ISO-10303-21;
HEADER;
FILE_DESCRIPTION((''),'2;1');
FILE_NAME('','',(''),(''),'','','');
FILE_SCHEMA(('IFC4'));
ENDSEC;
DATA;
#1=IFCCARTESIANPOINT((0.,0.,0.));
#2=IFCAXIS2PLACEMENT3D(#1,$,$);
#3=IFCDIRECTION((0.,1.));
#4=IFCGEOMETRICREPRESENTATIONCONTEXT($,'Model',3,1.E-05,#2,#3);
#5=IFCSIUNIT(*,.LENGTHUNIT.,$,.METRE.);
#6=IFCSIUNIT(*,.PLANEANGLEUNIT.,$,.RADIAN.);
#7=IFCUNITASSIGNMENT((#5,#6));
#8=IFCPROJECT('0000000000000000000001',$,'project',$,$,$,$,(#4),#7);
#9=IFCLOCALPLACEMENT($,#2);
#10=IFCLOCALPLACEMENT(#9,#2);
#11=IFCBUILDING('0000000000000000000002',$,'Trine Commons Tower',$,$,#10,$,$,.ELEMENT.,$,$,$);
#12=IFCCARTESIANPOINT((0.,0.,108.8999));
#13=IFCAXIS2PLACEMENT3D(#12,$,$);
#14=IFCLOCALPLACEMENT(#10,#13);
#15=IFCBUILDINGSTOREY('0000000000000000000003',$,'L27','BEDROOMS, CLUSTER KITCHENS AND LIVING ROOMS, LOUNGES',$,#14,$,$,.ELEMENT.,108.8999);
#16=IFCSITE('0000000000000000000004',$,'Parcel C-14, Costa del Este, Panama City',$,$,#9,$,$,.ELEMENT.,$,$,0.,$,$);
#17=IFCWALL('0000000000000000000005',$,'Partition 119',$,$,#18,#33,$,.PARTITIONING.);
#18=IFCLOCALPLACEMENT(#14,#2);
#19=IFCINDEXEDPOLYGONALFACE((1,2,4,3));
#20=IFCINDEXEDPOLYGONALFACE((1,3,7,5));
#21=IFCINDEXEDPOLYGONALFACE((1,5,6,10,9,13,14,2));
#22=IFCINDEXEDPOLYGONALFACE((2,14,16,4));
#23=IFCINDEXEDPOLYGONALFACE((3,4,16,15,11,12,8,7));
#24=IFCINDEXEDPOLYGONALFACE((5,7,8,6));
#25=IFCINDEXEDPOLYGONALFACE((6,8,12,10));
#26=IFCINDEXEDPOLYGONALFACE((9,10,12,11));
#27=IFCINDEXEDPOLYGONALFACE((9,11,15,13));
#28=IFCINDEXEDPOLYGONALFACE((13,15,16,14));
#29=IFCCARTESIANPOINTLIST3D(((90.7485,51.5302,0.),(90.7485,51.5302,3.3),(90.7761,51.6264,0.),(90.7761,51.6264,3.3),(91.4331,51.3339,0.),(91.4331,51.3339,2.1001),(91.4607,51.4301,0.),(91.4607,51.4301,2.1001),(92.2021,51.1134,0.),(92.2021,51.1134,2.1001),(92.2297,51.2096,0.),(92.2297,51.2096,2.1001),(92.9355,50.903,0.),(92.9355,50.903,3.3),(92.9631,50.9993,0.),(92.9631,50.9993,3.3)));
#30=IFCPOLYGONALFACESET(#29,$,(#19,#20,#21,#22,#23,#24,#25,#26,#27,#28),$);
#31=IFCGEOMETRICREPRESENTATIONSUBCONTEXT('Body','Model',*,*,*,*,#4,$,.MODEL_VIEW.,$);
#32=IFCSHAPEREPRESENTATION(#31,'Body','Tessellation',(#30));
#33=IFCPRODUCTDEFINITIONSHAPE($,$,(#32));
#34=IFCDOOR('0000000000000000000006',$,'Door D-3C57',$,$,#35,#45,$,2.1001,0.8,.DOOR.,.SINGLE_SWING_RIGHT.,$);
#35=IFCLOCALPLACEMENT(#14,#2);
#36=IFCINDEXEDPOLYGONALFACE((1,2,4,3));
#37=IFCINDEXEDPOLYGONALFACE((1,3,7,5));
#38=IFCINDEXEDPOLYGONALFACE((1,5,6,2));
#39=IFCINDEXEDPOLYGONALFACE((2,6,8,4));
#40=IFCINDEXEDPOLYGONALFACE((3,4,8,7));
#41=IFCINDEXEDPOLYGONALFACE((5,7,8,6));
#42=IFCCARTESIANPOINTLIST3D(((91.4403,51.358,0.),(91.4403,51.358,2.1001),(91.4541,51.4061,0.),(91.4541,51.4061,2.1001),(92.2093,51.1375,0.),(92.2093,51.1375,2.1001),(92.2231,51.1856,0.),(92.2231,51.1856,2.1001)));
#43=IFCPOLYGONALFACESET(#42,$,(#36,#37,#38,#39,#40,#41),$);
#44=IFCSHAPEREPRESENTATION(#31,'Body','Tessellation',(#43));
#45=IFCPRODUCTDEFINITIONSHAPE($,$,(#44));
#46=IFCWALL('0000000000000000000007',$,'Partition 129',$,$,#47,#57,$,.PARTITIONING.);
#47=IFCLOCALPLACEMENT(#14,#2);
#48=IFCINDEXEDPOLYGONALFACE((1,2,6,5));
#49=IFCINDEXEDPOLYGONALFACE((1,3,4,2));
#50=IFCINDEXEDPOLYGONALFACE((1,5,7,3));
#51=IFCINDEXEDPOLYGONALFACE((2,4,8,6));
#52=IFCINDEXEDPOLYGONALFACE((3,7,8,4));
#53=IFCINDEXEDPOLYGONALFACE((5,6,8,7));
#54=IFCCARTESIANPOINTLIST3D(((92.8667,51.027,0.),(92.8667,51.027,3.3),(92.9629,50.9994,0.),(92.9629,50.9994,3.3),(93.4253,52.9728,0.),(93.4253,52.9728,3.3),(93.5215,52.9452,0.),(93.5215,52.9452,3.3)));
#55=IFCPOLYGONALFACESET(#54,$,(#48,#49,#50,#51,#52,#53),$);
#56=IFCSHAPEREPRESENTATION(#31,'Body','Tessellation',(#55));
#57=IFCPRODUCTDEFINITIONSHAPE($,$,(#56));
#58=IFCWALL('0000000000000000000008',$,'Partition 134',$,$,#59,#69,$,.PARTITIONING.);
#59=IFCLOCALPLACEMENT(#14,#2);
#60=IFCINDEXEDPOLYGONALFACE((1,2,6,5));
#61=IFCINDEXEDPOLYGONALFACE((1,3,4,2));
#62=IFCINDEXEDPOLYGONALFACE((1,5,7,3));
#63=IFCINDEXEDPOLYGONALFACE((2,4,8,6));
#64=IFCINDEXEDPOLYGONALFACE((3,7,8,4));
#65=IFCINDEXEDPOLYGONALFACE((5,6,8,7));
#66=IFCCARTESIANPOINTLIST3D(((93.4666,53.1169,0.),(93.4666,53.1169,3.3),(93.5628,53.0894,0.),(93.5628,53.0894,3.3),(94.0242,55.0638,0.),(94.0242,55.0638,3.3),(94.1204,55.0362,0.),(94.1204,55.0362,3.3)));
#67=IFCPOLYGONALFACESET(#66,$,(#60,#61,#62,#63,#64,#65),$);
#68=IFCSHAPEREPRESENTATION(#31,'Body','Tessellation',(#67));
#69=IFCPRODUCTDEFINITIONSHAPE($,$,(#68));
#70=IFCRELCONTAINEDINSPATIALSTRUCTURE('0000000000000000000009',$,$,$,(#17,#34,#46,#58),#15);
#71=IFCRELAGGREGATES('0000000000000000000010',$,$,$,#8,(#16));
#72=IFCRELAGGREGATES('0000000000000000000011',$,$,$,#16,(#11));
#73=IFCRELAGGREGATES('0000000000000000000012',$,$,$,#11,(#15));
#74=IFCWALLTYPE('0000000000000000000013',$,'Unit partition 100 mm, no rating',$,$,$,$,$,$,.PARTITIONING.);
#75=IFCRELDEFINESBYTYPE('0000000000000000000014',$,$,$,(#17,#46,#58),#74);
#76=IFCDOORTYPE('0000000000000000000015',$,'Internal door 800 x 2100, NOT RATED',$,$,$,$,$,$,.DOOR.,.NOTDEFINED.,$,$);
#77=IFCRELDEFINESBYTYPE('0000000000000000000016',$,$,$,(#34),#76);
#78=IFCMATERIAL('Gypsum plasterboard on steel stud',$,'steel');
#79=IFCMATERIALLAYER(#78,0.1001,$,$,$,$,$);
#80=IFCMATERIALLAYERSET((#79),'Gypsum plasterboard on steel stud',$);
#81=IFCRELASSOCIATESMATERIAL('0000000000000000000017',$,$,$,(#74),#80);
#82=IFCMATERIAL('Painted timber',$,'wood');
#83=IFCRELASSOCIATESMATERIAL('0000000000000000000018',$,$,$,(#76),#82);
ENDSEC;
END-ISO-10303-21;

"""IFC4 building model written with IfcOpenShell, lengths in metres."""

from ifc_helpers import new_model, si_unit, direction, frame, frame_2d, origin, place, context, subcontext, project, spatial, rectangle, extrude, material, layer, layer_set, type_object, element, fill, save


model = new_model("IFC4")

# Units and contexts
model_context = context("Model", 3, precision=1e-05, world=origin(), true_north=direction((0.0, 1.0)))
body_context = subcontext(model_context, "Body", "Model", "MODEL_VIEW")
ifc_project = project(units=[si_unit("LENGTHUNIT", "METRE"), si_unit("PLANEANGLEUNIT", "RADIAN")], contexts=[model_context])

# Site, building, storey
site_placement = place(None, origin())
site = spatial("IfcSite", under=ifc_project, at=site_placement, Name="Parcel C-14, Costa del Este, Panama City", CompositionType="ELEMENT", RefElevation=0.0)
building_placement = place(site_placement, origin())
building = spatial("IfcBuilding", under=site, at=building_placement, Name="Trine Commons Tower", CompositionType="ELEMENT")
storey_placement = place(building_placement, frame((0.0, 0.0, 108.8999)))
storey = spatial("IfcBuildingStorey", under=building, at=storey_placement, Name="L27", Description="BEDROOMS, CLUSTER KITCHENS AND LIVING ROOMS, LOUNGES", CompositionType="ELEMENT", Elevation=108.8999)

# Shared definitions
ifc_material_1 = material(Name="Gypsum plasterboard on steel stud", Category="steel")

# Wall, opening, door
ifc_layer_1 = layer(ifc_material_1, 0.1001)
ifc_layer_set_1 = layer_set([ifc_layer_1], Name="Gypsum plasterboard on steel stud")
wall_type_1 = type_object("IfcWallType", Name="Unit partition 100 mm, no rating", PredefinedType="PARTITIONING", material=ifc_layer_set_1)
wall_1_placement = place(storey_placement, frame((90.7622, 51.5784, 0.0), z_axis=(0.0, 0.0, 1.0), x_axis=(0.961252, -0.275671, 0.0)))
wall_1 = element("IfcWall", 1, at=wall_1_placement, inside=storey, type_object=wall_type_1, Name="Partition 119", PredefinedType="PARTITIONING", context=body_context, shape_type="SweptSolid", body=[
    extrude(rectangle(XDim=2.2751, YDim=0.1001, at=frame_2d((1.1377, 0.0))), origin(), (0.0, 0.0, 1.0), 3.3),
])
opening_1_placement = place(wall_1_placement, frame((0.7124, 0.0, 0.0)))
opening_1 = element("IfcOpeningElement", 2, at=opening_1_placement, cuts=wall_1, PredefinedType="OPENING", context=body_context, shape_type="SweptSolid", body=[
    extrude(rectangle(XDim=0.8, YDim=2.1001, at=frame_2d((0.3999, 1.05))), frame((0.0, 0.0601, 0.0), z_axis=(0.0, -1.0, 0.0), x_axis=(1.0, 0.0, 0.0)), (0.0, 0.0, 1.0), 0.1201),
])
ifc_material_2 = material(Name="Painted timber", Category="wood")
door_type_1 = type_object("IfcDoorType", Name="Internal door 800 x 2100, NOT RATED", OperationType="NOTDEFINED", PredefinedType="DOOR", material=ifc_material_2)
door_1_placement = place(opening_1_placement, frame((0.8, 0.0, 0.0), z_axis=(0.0, 0.0, 1.0), x_axis=(-1.0, 0.0, 0.0)))
door_1 = element("IfcDoor", 3, at=door_1_placement, inside=storey, type_object=door_type_1, Name="Door D-3C57", OperationType="SINGLE_SWING_RIGHT", OverallHeight=2.1001, OverallWidth=0.8, PredefinedType="DOOR", context=body_context, shape_type="SweptSolid", body=[
    extrude(rectangle(XDim=0.8, YDim=2.1001, at=frame_2d((0.3999, 1.05))), frame((0.0, 0.0249, 0.0), z_axis=(0.0, -1.0, 0.0), x_axis=(1.0, 0.0, 0.0)), (0.0, 0.0, 1.0), 0.05),
])
fill(opening_1, door_1)

# Walls
wall_2_placement = place(storey_placement, frame((92.9148, 51.0132, 0.0), z_axis=(0.0, 0.0, 1.0), x_axis=(0.275931, 0.961177, 0.0)))
element("IfcWall", 4, at=wall_2_placement, inside=storey, type_object=wall_type_1, Name="Partition 129", PredefinedType="PARTITIONING", context=body_context, shape_type="SweptSolid", body=[
    extrude(rectangle(XDim=2.0244, YDim=0.1001, at=frame_2d((1.0122, 0.0))), origin(), (0.0, 0.0, 1.0), 3.3),
])
wall_3_placement = place(storey_placement, frame((93.5146, 53.103, 0.0), z_axis=(0.0, 0.0, 1.0), x_axis=(0.275358, 0.961342, 0.0)))
element("IfcWall", 5, at=wall_3_placement, inside=storey, type_object=wall_type_1, Name="Partition 134", PredefinedType="PARTITIONING", context=body_context, shape_type="SweptSolid", body=[
    extrude(rectangle(XDim=2.0251, YDim=0.1001, at=frame_2d((1.0127, 0.0))), origin(), (0.0, 0.0, 1.0), 3.3),
])

save(model, "model.ifc")
